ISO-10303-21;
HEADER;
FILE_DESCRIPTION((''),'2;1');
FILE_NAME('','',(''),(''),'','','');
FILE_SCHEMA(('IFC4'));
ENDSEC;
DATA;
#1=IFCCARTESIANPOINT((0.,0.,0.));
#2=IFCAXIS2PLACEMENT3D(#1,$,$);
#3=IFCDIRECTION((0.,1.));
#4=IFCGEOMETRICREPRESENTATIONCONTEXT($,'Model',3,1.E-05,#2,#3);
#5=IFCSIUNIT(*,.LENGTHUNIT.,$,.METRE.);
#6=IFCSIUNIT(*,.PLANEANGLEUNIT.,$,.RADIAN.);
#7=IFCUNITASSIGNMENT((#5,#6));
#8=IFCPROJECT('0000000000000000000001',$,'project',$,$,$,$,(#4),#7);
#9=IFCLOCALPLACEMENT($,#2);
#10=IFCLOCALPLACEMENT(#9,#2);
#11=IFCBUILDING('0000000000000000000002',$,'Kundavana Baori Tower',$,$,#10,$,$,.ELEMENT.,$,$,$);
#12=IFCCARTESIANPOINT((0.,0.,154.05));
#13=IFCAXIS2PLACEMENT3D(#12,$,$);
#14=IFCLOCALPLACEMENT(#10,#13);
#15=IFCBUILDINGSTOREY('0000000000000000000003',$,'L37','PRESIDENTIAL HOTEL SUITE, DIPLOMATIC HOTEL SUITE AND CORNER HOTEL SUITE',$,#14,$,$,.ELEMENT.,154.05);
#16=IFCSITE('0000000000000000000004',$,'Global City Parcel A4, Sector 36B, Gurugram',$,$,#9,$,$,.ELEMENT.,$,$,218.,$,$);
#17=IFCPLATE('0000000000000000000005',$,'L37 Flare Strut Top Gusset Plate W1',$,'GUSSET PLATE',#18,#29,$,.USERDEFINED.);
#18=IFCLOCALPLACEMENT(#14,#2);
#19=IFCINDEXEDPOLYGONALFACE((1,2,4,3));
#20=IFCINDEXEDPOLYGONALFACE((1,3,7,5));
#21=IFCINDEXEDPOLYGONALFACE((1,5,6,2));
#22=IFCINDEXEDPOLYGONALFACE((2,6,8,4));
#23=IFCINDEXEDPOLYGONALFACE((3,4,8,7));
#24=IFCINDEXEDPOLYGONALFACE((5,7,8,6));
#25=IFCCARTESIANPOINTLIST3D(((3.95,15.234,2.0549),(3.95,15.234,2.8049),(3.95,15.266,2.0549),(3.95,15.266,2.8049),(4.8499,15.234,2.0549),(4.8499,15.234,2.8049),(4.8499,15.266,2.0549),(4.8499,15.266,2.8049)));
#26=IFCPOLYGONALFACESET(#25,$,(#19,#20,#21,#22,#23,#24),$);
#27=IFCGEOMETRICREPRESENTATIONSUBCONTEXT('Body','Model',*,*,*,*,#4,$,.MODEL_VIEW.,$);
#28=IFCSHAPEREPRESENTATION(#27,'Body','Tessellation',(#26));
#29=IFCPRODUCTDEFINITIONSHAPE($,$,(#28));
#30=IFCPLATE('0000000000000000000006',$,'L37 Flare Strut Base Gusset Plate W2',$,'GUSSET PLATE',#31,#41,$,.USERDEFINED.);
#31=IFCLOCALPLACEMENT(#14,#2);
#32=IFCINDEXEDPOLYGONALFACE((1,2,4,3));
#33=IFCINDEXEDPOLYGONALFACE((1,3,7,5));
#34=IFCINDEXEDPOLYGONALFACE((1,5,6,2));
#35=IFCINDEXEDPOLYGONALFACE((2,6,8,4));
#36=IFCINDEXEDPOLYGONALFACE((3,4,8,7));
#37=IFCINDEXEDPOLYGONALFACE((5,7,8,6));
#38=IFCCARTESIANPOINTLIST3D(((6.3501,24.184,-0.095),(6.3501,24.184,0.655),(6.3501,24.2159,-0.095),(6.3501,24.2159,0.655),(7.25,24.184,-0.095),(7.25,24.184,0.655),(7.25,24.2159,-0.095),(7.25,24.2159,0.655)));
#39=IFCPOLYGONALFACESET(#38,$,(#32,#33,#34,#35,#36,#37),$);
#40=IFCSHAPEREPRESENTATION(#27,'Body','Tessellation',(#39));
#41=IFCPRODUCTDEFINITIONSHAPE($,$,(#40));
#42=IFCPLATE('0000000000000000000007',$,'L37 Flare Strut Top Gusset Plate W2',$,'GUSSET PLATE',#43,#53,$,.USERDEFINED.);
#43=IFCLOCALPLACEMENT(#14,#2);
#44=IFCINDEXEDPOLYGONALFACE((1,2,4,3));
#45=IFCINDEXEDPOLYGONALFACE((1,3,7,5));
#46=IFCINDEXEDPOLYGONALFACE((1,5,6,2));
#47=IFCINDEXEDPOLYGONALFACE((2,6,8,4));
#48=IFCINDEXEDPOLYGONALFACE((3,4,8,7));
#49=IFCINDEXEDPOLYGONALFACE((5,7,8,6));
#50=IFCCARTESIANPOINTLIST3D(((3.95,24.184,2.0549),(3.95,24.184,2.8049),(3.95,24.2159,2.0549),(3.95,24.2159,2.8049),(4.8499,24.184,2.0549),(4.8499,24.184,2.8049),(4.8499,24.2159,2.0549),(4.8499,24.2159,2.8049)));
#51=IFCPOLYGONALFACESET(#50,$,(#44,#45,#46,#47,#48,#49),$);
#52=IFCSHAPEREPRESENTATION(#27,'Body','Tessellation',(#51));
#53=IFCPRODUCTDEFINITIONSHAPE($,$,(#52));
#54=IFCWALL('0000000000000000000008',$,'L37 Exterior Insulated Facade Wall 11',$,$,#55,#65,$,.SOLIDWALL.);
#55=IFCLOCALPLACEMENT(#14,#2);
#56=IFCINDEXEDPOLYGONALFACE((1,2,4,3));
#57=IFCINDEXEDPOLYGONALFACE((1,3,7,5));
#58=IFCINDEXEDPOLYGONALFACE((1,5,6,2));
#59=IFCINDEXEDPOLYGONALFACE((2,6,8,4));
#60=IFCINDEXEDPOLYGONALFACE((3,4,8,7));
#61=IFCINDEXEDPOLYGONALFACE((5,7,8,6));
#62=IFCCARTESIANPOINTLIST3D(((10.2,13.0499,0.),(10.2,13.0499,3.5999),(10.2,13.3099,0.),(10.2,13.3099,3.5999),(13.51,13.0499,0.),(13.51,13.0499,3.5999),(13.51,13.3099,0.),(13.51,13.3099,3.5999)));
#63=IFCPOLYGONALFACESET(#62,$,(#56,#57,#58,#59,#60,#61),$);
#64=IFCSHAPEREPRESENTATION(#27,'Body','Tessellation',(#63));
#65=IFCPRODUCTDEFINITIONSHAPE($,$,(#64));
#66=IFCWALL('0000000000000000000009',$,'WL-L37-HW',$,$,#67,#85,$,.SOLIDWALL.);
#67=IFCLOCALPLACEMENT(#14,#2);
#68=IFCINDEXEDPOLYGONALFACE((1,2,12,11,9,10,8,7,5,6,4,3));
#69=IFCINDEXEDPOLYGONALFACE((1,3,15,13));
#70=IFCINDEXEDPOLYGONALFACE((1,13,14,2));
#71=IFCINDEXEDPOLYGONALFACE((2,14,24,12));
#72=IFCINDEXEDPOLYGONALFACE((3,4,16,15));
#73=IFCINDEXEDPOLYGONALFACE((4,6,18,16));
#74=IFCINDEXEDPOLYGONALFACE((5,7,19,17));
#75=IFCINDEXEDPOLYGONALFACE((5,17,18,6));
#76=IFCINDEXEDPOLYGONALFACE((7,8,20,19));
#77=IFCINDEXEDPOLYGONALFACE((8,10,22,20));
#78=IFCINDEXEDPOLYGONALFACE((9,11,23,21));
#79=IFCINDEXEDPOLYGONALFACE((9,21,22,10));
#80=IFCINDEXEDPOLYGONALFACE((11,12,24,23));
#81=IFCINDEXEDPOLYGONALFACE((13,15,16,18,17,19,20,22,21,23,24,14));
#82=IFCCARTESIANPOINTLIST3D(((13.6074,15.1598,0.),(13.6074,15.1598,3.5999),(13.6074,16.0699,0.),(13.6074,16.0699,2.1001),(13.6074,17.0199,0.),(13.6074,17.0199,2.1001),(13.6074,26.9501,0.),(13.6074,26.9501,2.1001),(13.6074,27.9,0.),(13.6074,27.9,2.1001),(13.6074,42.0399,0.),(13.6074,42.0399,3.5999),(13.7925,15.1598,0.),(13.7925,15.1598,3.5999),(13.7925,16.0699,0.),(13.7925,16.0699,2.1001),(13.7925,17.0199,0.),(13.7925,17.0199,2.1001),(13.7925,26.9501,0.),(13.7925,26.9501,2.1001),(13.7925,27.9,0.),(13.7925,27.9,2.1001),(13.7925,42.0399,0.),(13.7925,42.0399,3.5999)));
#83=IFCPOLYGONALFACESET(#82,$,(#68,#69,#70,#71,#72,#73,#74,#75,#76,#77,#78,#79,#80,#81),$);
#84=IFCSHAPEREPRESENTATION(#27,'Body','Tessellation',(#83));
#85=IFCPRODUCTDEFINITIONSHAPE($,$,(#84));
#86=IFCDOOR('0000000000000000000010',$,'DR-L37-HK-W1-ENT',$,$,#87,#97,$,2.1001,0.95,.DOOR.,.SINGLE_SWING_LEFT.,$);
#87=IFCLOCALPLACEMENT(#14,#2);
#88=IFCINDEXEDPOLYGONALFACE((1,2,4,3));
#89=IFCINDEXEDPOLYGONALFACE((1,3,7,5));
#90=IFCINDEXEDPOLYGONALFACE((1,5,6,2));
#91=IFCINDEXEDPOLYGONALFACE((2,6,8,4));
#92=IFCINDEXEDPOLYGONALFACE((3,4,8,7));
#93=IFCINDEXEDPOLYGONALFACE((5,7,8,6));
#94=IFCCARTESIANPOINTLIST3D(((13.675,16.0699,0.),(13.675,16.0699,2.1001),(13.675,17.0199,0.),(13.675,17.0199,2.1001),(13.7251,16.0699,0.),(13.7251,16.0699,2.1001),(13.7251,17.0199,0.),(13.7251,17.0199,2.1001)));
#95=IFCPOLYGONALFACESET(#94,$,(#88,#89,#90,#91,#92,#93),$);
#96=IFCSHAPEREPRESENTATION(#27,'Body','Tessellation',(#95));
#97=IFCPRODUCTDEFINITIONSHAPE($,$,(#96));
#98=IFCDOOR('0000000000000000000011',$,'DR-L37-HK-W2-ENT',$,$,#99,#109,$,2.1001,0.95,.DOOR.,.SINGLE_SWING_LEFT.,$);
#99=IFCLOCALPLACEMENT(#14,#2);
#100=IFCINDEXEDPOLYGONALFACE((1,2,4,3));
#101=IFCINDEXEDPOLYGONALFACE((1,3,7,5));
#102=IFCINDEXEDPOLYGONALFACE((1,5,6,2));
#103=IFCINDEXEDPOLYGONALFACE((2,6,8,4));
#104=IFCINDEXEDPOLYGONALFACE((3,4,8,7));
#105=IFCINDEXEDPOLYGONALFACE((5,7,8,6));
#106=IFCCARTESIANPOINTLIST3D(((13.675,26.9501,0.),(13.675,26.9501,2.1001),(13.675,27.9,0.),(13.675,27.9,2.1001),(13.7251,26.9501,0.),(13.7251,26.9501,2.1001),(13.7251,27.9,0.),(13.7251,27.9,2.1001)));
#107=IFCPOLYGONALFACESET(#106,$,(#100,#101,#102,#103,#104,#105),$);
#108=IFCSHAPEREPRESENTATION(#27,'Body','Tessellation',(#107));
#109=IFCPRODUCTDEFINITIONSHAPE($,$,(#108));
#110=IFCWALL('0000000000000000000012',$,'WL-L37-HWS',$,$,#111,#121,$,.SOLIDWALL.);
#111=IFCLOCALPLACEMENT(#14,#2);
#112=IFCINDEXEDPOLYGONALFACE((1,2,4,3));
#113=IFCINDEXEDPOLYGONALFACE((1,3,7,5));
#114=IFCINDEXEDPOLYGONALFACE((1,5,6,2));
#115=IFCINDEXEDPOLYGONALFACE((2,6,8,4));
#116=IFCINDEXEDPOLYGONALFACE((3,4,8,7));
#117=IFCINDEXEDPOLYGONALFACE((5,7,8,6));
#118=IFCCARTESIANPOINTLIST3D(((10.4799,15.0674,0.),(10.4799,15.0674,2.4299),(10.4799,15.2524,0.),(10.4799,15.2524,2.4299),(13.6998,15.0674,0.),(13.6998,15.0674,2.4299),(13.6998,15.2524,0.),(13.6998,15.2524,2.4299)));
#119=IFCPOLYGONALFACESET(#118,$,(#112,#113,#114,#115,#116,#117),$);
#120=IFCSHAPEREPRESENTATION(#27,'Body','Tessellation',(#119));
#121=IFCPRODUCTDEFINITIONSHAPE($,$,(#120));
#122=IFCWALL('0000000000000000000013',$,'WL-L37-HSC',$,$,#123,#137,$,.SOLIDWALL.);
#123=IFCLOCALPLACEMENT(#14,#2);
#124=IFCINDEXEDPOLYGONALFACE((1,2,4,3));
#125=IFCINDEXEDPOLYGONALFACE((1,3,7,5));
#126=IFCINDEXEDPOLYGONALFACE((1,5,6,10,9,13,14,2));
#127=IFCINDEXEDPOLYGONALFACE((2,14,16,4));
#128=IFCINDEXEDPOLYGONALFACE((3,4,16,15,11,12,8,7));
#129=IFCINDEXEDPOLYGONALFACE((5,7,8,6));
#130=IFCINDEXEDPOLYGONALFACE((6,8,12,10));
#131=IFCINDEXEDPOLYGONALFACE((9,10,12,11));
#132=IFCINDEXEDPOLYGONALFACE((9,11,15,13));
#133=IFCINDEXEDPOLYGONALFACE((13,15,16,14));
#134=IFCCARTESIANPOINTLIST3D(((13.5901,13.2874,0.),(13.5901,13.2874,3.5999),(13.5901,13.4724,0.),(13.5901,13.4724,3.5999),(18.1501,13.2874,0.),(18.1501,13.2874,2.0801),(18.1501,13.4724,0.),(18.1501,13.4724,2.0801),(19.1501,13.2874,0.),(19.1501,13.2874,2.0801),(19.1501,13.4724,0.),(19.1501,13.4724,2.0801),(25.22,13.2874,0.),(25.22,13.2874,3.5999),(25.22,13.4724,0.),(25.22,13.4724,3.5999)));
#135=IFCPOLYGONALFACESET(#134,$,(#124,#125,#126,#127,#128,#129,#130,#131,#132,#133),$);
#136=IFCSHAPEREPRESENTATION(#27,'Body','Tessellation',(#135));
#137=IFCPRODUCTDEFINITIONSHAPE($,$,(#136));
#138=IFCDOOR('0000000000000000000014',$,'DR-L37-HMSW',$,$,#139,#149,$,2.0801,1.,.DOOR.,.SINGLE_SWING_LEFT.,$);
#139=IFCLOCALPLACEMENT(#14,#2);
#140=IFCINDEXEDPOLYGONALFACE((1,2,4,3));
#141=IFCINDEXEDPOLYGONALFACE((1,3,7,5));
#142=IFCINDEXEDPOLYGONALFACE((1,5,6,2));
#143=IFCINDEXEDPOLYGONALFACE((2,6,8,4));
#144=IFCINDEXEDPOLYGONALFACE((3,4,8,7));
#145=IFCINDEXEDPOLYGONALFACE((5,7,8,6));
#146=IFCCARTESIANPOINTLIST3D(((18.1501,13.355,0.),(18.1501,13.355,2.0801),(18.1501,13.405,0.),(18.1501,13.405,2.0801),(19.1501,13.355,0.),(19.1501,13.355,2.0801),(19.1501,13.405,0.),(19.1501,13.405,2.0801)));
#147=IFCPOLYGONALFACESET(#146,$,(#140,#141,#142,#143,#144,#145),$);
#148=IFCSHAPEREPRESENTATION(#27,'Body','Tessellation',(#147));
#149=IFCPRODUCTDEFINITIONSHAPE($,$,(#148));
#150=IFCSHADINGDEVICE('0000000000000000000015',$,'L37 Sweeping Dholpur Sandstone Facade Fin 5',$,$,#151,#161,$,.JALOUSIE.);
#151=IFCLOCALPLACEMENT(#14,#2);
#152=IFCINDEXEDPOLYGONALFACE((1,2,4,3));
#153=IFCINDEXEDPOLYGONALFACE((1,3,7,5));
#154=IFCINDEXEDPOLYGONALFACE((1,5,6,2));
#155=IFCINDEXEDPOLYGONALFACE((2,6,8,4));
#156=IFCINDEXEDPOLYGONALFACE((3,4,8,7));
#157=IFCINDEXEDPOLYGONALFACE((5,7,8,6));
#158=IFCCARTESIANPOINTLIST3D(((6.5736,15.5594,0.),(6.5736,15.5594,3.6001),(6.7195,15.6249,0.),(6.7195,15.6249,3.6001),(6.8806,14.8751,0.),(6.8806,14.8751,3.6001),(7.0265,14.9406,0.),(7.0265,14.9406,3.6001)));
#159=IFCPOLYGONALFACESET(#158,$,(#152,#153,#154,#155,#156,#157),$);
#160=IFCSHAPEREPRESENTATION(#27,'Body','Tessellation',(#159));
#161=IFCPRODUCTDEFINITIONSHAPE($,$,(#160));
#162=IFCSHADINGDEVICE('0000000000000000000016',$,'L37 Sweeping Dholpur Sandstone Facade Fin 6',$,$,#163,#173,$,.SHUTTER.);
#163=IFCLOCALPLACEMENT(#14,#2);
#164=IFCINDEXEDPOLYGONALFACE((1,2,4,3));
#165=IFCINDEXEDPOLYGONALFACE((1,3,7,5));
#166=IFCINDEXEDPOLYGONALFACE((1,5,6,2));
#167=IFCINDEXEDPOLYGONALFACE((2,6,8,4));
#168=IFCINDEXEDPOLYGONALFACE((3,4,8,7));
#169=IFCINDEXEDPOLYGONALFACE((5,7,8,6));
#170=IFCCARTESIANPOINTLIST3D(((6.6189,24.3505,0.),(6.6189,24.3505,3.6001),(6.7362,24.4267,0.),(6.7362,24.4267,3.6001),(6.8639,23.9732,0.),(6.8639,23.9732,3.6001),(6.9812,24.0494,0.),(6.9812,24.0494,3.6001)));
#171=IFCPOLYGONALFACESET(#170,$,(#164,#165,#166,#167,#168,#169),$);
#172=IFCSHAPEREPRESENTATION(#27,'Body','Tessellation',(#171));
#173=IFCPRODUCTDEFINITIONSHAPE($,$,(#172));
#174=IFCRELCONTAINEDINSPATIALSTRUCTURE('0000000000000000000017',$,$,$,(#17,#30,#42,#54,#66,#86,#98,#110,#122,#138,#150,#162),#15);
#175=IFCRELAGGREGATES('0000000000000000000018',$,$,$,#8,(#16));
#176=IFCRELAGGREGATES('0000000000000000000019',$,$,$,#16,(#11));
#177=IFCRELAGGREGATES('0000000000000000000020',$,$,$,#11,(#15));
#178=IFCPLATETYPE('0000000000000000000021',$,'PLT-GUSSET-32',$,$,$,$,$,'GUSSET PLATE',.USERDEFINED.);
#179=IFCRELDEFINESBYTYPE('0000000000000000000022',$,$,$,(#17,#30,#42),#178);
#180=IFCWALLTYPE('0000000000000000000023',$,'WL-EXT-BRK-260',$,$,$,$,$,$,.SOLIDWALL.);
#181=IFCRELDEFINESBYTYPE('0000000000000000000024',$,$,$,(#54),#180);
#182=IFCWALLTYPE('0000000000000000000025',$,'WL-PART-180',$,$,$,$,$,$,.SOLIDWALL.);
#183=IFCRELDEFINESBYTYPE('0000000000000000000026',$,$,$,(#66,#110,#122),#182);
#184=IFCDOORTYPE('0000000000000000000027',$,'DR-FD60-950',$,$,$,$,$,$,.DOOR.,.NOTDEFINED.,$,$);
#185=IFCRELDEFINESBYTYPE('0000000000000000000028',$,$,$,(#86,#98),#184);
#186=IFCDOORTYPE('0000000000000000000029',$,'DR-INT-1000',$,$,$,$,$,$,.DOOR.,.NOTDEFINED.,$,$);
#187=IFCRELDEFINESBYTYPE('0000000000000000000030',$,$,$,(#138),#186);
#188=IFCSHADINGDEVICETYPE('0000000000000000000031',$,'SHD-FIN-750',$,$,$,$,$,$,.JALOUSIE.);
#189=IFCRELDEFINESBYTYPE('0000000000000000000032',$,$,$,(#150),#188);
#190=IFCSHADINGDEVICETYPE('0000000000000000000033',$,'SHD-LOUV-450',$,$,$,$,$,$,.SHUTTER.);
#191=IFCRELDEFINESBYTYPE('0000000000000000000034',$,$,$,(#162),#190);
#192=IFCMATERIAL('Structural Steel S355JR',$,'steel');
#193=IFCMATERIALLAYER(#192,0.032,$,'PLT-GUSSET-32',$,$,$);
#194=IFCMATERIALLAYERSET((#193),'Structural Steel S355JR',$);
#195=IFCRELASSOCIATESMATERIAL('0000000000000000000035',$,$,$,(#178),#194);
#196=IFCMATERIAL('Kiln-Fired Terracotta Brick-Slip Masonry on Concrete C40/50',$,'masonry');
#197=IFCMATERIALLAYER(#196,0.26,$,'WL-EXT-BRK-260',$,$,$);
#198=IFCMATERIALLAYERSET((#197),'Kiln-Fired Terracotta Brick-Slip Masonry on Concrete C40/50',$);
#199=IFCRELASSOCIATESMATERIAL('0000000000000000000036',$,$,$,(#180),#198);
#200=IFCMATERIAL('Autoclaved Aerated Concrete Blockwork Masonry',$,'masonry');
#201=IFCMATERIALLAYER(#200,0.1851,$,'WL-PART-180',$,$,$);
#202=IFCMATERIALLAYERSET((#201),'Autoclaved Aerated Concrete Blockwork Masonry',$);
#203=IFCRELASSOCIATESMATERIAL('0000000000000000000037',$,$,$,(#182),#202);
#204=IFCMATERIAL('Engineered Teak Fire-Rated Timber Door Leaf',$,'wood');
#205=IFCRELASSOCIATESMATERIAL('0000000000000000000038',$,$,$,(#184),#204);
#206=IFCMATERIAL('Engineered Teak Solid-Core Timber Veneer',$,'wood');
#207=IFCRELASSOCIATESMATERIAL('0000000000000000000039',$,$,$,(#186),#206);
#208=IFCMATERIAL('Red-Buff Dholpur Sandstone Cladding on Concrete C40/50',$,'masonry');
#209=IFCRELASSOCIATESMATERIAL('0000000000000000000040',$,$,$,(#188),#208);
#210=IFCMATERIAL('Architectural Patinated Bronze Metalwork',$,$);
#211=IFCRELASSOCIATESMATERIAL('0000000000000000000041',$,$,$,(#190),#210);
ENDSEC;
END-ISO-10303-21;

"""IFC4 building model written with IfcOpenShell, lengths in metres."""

from ifc_helpers import new_model, si_unit, direction, frame, frame_2d, origin, origin_2d, place, context, subcontext, project, spatial, rectangle, extrude, material, layer, layer_set, type_object, element, fill, save


model = new_model("IFC4")

# Units and contexts
model_context = context("Model", 3, precision=1e-05, world=origin(), true_north=direction((0.0, 1.0)))
body_context = subcontext(model_context, "Body", "Model", "MODEL_VIEW")
ifc_project = project(units=[si_unit("LENGTHUNIT", "METRE"), si_unit("PLANEANGLEUNIT", "RADIAN")], contexts=[model_context])

# Site, building, storey
site_placement = place(None, origin())
site = spatial("IfcSite", under=ifc_project, at=site_placement, Name="Global City Parcel A4, Sector 36B, Gurugram", CompositionType="ELEMENT", RefElevation=218.0)
building_placement = place(site_placement, origin())
building = spatial("IfcBuilding", under=site, at=building_placement, Name="Kundavana Baori Tower", CompositionType="ELEMENT")
storey_placement = place(building_placement, frame((0.0, 0.0, 154.05)))
storey = spatial("IfcBuildingStorey", under=building, at=storey_placement, Name="L37", Description="PRESIDENTIAL HOTEL SUITE, DIPLOMATIC HOTEL SUITE AND CORNER HOTEL SUITE", CompositionType="ELEMENT", Elevation=154.05)

# Plates
ifc_material_1 = material(Name="Structural Steel S355JR", Category="steel")
ifc_layer_1 = layer(ifc_material_1, 0.032, Name="PLT-GUSSET-32")
ifc_layer_set_1 = layer_set([ifc_layer_1], Name="Structural Steel S355JR")
plate_type = type_object("IfcPlateType", Name="PLT-GUSSET-32", ElementType="GUSSET PLATE", PredefinedType="USERDEFINED", material=ifc_layer_set_1)
for number, where, z_axis, x_axis, name in (
    (1, (4.3999, 15.25, 2.0549), (0.0, 0.0, 1.0), (1.0, 0.0, 0.0), "L37 Flare Strut Top Gusset Plate W1"),
    (2, (6.8, 24.2, -0.095), (0.0, 0.0, 1.0), (1.0, 0.0, 0.0), "L37 Flare Strut Base Gusset Plate W2"),
    (3, (4.3999, 24.2, 2.0549), (0.0, 0.0, 1.0), (1.0, 0.0, 0.0), "L37 Flare Strut Top Gusset Plate W2"),
):
    element("IfcPlate", number, at=place(storey_placement, frame(where, z_axis=z_axis, x_axis=x_axis)), inside=storey, type_object=plate_type, Name=name, ObjectType="GUSSET PLATE", PredefinedType="USERDEFINED", context=body_context, shape_type="SweptSolid", body=[
        extrude(rectangle(XDim=0.8999, YDim=0.032, at=origin_2d()), origin(), (0.0, 0.0, 1.0), 0.75),
    ])

# Wall
ifc_material_2 = material(Name="Kiln-Fired Terracotta Brick-Slip Masonry on Concrete C40/50", Category="masonry")
ifc_layer_2 = layer(ifc_material_2, 0.26, Name="WL-EXT-BRK-260")
ifc_layer_set_2 = layer_set([ifc_layer_2], Name="Kiln-Fired Terracotta Brick-Slip Masonry on Concrete C40/50")
wall_type_1 = type_object("IfcWallType", Name="WL-EXT-BRK-260", PredefinedType="SOLIDWALL", material=ifc_layer_set_2)
wall_1_placement = place(storey_placement, frame((10.2, 13.1799, 0.0), z_axis=(0.0, 0.0, 1.0), x_axis=(1.0, 0.0, 0.0)))
element("IfcWall", 4, at=wall_1_placement, inside=storey, type_object=wall_type_1, Name="L37 Exterior Insulated Facade Wall 11", PredefinedType="SOLIDWALL", context=body_context, shape_type="SweptSolid", body=[
    extrude(rectangle(XDim=3.3101, YDim=0.26, at=frame_2d((1.655, 0.0))), origin(), (0.0, 0.0, 1.0), 3.5999),
])

# Wall, openings, doors
ifc_material_3 = material(Name="Autoclaved Aerated Concrete Blockwork Masonry", Category="masonry")
ifc_layer_3 = layer(ifc_material_3, 0.1851, Name="WL-PART-180")
ifc_layer_set_3 = layer_set([ifc_layer_3], Name="Autoclaved Aerated Concrete Blockwork Masonry")
wall_type_2 = type_object("IfcWallType", Name="WL-PART-180", PredefinedType="SOLIDWALL", material=ifc_layer_set_3)
wall_2_placement = place(storey_placement, frame((13.7, 15.1599, 0.0), z_axis=(0.0, 0.0, 1.0), x_axis=(0.0, 1.0, 0.0)))
wall_2 = element("IfcWall", 5, at=wall_2_placement, inside=storey, type_object=wall_type_2, Name="WL-L37-HW", PredefinedType="SOLIDWALL", context=body_context, shape_type="SweptSolid", body=[
    extrude(rectangle(XDim=26.8801, YDim=0.1851, at=frame_2d((13.4399, 0.0))), origin(), (0.0, 0.0, 1.0), 3.5999),
])
opening_1_placement = place(wall_2_placement, frame((0.9099, 0.0, 0.0)))
opening_1 = element("IfcOpeningElement", 6, at=opening_1_placement, cuts=wall_2, PredefinedType="OPENING", context=body_context, shape_type="SweptSolid", body=[
    extrude(rectangle(XDim=0.95, YDim=2.1001, at=frame_2d((0.4751, 1.05))), frame((0.0, 0.1025, 0.0), z_axis=(0.0, -1.0, 0.0), x_axis=(1.0, 0.0, 0.0)), (0.0, 0.0, 1.0), 0.2051),
])
opening_2_placement = place(wall_2_placement, frame((11.79, 0.0, 0.0)))
opening_2 = element("IfcOpeningElement", 7, at=opening_2_placement, cuts=wall_2, PredefinedType="OPENING", context=body_context, shape_type="SweptSolid", body=[
    extrude(rectangle(XDim=0.95, YDim=2.1001, at=frame_2d((0.4751, 1.05))), frame((0.0, 0.1025, 0.0), z_axis=(0.0, -1.0, 0.0), x_axis=(1.0, 0.0, 0.0)), (0.0, 0.0, 1.0), 0.2051),
])
ifc_material_4 = material(Name="Engineered Teak Fire-Rated Timber Door Leaf", Category="wood")
door_type_1 = type_object("IfcDoorType", Name="DR-FD60-950", OperationType="NOTDEFINED", PredefinedType="DOOR", material=ifc_material_4)
door_1_placement = place(opening_1_placement, origin())
door_1 = element("IfcDoor", 8, at=door_1_placement, inside=storey, type_object=door_type_1, Name="DR-L37-HK-W1-ENT", OperationType="SINGLE_SWING_LEFT", OverallHeight=2.1001, OverallWidth=0.95, PredefinedType="DOOR", context=body_context, shape_type="SweptSolid", body=[
    extrude(rectangle(XDim=0.95, YDim=2.1001, at=frame_2d((0.4751, 1.05))), frame((0.0, 0.0249, 0.0), z_axis=(0.0, -1.0, 0.0), x_axis=(1.0, 0.0, 0.0)), (0.0, 0.0, 1.0), 0.05),
])
fill(opening_1, door_1)
door_2_placement = place(opening_2_placement, origin())
door_2 = element("IfcDoor", 9, at=door_2_placement, inside=storey, type_object=door_type_1, Name="DR-L37-HK-W2-ENT", OperationType="SINGLE_SWING_LEFT", OverallHeight=2.1001, OverallWidth=0.95, PredefinedType="DOOR", context=body_context, shape_type="SweptSolid", body=[
    extrude(rectangle(XDim=0.95, YDim=2.1001, at=frame_2d((0.4751, 1.05))), frame((0.0, 0.0249, 0.0), z_axis=(0.0, -1.0, 0.0), x_axis=(1.0, 0.0, 0.0)), (0.0, 0.0, 1.0), 0.05),
])
fill(opening_2, door_2)

# Wall
wall_3_placement = place(storey_placement, frame((10.48, 15.1599, 0.0), z_axis=(0.0, 0.0, 1.0), x_axis=(1.0, 0.0, 0.0)))
element("IfcWall", 10, at=wall_3_placement, inside=storey, type_object=wall_type_2, Name="WL-L37-HWS", PredefinedType="SOLIDWALL", context=body_context, shape_type="SweptSolid", body=[
    extrude(rectangle(XDim=3.22, YDim=0.1851, at=frame_2d((1.6099, 0.0))), origin(), (0.0, 0.0, 1.0), 2.4299),
])

# Wall, opening, door
wall_4_placement = place(storey_placement, frame((13.5901, 13.3799, 0.0), z_axis=(0.0, 0.0, 1.0), x_axis=(1.0, 0.0, 0.0)))
wall_4 = element("IfcWall", 11, at=wall_4_placement, inside=storey, type_object=wall_type_2, Name="WL-L37-HSC", PredefinedType="SOLIDWALL", context=body_context, shape_type="SweptSolid", body=[
    extrude(rectangle(XDim=11.6299, YDim=0.1851, at=frame_2d((5.8149, 0.0))), origin(), (0.0, 0.0, 1.0), 3.5999),
])
opening_3_placement = place(wall_4_placement, frame((4.5601, 0.0, 0.0)))
opening_3 = element("IfcOpeningElement", 12, at=opening_3_placement, cuts=wall_4, PredefinedType="OPENING", context=body_context, shape_type="SweptSolid", body=[
    extrude(rectangle(XDim=1.0, YDim=2.0801, at=frame_2d((0.5, 1.04))), frame((0.0, 0.1025, 0.0), z_axis=(0.0, -1.0, 0.0), x_axis=(1.0, 0.0, 0.0)), (0.0, 0.0, 1.0), 0.2051),
])
ifc_material_5 = material(Name="Engineered Teak Solid-Core Timber Veneer", Category="wood")
door_type_2 = type_object("IfcDoorType", Name="DR-INT-1000", OperationType="NOTDEFINED", PredefinedType="DOOR", material=ifc_material_5)
door_3_placement = place(opening_3_placement, frame((1.0, 0.0, 0.0), z_axis=(0.0, 0.0, 1.0), x_axis=(-1.0, 0.0, 0.0)))
door_3 = element("IfcDoor", 13, at=door_3_placement, inside=storey, type_object=door_type_2, Name="DR-L37-HMSW", OperationType="SINGLE_SWING_LEFT", OverallHeight=2.0801, OverallWidth=1.0, PredefinedType="DOOR", context=body_context, shape_type="SweptSolid", body=[
    extrude(rectangle(XDim=1.0, YDim=2.0801, at=frame_2d((0.5, 1.04))), frame((0.0, 0.0249, 0.0), z_axis=(0.0, -1.0, 0.0), x_axis=(1.0, 0.0, 0.0)), (0.0, 0.0, 1.0), 0.05),
])
fill(opening_3, door_3)

# Shading devices
ifc_material_6 = material(Name="Red-Buff Dholpur Sandstone Cladding on Concrete C40/50", Category="masonry")
shading_device_type_1 = type_object("IfcShadingDeviceType", Name="SHD-FIN-750", PredefinedType="JALOUSIE", material=ifc_material_6)
shading_device_1_placement = place(storey_placement, frame((6.8, 15.25, 0.0), z_axis=(0.0, 0.0, 1.0), x_axis=(0.912335, 0.409445, 0.0)))
element("IfcShadingDevice", 14, at=shading_device_1_placement, inside=storey, type_object=shading_device_type_1, Name="L37 Sweeping Dholpur Sandstone Facade Fin 5", PredefinedType="JALOUSIE", context=body_context, shape_type="SweptSolid", body=[
    extrude(rectangle(XDim=0.1599, YDim=0.75, at=origin_2d()), origin(), (0.0, 0.0, 1.0), 3.6001),
])
ifc_material_7 = material(Name="Architectural Patinated Bronze Metalwork")
shading_device_type_2 = type_object("IfcShadingDeviceType", Name="SHD-LOUV-450", PredefinedType="SHUTTER", material=ifc_material_7)
shading_device_2_placement = place(storey_placement, frame((6.8, 24.2, 0.0), z_axis=(0.0, 0.0, 1.0), x_axis=(0.838671, 0.544639, 0.0)))
element("IfcShadingDevice", 15, at=shading_device_2_placement, inside=storey, type_object=shading_device_type_2, Name="L37 Sweeping Dholpur Sandstone Facade Fin 6", PredefinedType="SHUTTER", context=body_context, shape_type="SweptSolid", body=[
    extrude(rectangle(XDim=0.1399, YDim=0.45, at=origin_2d()), origin(), (0.0, 0.0, 1.0), 3.6001),
])

save(model, "model.ifc")
